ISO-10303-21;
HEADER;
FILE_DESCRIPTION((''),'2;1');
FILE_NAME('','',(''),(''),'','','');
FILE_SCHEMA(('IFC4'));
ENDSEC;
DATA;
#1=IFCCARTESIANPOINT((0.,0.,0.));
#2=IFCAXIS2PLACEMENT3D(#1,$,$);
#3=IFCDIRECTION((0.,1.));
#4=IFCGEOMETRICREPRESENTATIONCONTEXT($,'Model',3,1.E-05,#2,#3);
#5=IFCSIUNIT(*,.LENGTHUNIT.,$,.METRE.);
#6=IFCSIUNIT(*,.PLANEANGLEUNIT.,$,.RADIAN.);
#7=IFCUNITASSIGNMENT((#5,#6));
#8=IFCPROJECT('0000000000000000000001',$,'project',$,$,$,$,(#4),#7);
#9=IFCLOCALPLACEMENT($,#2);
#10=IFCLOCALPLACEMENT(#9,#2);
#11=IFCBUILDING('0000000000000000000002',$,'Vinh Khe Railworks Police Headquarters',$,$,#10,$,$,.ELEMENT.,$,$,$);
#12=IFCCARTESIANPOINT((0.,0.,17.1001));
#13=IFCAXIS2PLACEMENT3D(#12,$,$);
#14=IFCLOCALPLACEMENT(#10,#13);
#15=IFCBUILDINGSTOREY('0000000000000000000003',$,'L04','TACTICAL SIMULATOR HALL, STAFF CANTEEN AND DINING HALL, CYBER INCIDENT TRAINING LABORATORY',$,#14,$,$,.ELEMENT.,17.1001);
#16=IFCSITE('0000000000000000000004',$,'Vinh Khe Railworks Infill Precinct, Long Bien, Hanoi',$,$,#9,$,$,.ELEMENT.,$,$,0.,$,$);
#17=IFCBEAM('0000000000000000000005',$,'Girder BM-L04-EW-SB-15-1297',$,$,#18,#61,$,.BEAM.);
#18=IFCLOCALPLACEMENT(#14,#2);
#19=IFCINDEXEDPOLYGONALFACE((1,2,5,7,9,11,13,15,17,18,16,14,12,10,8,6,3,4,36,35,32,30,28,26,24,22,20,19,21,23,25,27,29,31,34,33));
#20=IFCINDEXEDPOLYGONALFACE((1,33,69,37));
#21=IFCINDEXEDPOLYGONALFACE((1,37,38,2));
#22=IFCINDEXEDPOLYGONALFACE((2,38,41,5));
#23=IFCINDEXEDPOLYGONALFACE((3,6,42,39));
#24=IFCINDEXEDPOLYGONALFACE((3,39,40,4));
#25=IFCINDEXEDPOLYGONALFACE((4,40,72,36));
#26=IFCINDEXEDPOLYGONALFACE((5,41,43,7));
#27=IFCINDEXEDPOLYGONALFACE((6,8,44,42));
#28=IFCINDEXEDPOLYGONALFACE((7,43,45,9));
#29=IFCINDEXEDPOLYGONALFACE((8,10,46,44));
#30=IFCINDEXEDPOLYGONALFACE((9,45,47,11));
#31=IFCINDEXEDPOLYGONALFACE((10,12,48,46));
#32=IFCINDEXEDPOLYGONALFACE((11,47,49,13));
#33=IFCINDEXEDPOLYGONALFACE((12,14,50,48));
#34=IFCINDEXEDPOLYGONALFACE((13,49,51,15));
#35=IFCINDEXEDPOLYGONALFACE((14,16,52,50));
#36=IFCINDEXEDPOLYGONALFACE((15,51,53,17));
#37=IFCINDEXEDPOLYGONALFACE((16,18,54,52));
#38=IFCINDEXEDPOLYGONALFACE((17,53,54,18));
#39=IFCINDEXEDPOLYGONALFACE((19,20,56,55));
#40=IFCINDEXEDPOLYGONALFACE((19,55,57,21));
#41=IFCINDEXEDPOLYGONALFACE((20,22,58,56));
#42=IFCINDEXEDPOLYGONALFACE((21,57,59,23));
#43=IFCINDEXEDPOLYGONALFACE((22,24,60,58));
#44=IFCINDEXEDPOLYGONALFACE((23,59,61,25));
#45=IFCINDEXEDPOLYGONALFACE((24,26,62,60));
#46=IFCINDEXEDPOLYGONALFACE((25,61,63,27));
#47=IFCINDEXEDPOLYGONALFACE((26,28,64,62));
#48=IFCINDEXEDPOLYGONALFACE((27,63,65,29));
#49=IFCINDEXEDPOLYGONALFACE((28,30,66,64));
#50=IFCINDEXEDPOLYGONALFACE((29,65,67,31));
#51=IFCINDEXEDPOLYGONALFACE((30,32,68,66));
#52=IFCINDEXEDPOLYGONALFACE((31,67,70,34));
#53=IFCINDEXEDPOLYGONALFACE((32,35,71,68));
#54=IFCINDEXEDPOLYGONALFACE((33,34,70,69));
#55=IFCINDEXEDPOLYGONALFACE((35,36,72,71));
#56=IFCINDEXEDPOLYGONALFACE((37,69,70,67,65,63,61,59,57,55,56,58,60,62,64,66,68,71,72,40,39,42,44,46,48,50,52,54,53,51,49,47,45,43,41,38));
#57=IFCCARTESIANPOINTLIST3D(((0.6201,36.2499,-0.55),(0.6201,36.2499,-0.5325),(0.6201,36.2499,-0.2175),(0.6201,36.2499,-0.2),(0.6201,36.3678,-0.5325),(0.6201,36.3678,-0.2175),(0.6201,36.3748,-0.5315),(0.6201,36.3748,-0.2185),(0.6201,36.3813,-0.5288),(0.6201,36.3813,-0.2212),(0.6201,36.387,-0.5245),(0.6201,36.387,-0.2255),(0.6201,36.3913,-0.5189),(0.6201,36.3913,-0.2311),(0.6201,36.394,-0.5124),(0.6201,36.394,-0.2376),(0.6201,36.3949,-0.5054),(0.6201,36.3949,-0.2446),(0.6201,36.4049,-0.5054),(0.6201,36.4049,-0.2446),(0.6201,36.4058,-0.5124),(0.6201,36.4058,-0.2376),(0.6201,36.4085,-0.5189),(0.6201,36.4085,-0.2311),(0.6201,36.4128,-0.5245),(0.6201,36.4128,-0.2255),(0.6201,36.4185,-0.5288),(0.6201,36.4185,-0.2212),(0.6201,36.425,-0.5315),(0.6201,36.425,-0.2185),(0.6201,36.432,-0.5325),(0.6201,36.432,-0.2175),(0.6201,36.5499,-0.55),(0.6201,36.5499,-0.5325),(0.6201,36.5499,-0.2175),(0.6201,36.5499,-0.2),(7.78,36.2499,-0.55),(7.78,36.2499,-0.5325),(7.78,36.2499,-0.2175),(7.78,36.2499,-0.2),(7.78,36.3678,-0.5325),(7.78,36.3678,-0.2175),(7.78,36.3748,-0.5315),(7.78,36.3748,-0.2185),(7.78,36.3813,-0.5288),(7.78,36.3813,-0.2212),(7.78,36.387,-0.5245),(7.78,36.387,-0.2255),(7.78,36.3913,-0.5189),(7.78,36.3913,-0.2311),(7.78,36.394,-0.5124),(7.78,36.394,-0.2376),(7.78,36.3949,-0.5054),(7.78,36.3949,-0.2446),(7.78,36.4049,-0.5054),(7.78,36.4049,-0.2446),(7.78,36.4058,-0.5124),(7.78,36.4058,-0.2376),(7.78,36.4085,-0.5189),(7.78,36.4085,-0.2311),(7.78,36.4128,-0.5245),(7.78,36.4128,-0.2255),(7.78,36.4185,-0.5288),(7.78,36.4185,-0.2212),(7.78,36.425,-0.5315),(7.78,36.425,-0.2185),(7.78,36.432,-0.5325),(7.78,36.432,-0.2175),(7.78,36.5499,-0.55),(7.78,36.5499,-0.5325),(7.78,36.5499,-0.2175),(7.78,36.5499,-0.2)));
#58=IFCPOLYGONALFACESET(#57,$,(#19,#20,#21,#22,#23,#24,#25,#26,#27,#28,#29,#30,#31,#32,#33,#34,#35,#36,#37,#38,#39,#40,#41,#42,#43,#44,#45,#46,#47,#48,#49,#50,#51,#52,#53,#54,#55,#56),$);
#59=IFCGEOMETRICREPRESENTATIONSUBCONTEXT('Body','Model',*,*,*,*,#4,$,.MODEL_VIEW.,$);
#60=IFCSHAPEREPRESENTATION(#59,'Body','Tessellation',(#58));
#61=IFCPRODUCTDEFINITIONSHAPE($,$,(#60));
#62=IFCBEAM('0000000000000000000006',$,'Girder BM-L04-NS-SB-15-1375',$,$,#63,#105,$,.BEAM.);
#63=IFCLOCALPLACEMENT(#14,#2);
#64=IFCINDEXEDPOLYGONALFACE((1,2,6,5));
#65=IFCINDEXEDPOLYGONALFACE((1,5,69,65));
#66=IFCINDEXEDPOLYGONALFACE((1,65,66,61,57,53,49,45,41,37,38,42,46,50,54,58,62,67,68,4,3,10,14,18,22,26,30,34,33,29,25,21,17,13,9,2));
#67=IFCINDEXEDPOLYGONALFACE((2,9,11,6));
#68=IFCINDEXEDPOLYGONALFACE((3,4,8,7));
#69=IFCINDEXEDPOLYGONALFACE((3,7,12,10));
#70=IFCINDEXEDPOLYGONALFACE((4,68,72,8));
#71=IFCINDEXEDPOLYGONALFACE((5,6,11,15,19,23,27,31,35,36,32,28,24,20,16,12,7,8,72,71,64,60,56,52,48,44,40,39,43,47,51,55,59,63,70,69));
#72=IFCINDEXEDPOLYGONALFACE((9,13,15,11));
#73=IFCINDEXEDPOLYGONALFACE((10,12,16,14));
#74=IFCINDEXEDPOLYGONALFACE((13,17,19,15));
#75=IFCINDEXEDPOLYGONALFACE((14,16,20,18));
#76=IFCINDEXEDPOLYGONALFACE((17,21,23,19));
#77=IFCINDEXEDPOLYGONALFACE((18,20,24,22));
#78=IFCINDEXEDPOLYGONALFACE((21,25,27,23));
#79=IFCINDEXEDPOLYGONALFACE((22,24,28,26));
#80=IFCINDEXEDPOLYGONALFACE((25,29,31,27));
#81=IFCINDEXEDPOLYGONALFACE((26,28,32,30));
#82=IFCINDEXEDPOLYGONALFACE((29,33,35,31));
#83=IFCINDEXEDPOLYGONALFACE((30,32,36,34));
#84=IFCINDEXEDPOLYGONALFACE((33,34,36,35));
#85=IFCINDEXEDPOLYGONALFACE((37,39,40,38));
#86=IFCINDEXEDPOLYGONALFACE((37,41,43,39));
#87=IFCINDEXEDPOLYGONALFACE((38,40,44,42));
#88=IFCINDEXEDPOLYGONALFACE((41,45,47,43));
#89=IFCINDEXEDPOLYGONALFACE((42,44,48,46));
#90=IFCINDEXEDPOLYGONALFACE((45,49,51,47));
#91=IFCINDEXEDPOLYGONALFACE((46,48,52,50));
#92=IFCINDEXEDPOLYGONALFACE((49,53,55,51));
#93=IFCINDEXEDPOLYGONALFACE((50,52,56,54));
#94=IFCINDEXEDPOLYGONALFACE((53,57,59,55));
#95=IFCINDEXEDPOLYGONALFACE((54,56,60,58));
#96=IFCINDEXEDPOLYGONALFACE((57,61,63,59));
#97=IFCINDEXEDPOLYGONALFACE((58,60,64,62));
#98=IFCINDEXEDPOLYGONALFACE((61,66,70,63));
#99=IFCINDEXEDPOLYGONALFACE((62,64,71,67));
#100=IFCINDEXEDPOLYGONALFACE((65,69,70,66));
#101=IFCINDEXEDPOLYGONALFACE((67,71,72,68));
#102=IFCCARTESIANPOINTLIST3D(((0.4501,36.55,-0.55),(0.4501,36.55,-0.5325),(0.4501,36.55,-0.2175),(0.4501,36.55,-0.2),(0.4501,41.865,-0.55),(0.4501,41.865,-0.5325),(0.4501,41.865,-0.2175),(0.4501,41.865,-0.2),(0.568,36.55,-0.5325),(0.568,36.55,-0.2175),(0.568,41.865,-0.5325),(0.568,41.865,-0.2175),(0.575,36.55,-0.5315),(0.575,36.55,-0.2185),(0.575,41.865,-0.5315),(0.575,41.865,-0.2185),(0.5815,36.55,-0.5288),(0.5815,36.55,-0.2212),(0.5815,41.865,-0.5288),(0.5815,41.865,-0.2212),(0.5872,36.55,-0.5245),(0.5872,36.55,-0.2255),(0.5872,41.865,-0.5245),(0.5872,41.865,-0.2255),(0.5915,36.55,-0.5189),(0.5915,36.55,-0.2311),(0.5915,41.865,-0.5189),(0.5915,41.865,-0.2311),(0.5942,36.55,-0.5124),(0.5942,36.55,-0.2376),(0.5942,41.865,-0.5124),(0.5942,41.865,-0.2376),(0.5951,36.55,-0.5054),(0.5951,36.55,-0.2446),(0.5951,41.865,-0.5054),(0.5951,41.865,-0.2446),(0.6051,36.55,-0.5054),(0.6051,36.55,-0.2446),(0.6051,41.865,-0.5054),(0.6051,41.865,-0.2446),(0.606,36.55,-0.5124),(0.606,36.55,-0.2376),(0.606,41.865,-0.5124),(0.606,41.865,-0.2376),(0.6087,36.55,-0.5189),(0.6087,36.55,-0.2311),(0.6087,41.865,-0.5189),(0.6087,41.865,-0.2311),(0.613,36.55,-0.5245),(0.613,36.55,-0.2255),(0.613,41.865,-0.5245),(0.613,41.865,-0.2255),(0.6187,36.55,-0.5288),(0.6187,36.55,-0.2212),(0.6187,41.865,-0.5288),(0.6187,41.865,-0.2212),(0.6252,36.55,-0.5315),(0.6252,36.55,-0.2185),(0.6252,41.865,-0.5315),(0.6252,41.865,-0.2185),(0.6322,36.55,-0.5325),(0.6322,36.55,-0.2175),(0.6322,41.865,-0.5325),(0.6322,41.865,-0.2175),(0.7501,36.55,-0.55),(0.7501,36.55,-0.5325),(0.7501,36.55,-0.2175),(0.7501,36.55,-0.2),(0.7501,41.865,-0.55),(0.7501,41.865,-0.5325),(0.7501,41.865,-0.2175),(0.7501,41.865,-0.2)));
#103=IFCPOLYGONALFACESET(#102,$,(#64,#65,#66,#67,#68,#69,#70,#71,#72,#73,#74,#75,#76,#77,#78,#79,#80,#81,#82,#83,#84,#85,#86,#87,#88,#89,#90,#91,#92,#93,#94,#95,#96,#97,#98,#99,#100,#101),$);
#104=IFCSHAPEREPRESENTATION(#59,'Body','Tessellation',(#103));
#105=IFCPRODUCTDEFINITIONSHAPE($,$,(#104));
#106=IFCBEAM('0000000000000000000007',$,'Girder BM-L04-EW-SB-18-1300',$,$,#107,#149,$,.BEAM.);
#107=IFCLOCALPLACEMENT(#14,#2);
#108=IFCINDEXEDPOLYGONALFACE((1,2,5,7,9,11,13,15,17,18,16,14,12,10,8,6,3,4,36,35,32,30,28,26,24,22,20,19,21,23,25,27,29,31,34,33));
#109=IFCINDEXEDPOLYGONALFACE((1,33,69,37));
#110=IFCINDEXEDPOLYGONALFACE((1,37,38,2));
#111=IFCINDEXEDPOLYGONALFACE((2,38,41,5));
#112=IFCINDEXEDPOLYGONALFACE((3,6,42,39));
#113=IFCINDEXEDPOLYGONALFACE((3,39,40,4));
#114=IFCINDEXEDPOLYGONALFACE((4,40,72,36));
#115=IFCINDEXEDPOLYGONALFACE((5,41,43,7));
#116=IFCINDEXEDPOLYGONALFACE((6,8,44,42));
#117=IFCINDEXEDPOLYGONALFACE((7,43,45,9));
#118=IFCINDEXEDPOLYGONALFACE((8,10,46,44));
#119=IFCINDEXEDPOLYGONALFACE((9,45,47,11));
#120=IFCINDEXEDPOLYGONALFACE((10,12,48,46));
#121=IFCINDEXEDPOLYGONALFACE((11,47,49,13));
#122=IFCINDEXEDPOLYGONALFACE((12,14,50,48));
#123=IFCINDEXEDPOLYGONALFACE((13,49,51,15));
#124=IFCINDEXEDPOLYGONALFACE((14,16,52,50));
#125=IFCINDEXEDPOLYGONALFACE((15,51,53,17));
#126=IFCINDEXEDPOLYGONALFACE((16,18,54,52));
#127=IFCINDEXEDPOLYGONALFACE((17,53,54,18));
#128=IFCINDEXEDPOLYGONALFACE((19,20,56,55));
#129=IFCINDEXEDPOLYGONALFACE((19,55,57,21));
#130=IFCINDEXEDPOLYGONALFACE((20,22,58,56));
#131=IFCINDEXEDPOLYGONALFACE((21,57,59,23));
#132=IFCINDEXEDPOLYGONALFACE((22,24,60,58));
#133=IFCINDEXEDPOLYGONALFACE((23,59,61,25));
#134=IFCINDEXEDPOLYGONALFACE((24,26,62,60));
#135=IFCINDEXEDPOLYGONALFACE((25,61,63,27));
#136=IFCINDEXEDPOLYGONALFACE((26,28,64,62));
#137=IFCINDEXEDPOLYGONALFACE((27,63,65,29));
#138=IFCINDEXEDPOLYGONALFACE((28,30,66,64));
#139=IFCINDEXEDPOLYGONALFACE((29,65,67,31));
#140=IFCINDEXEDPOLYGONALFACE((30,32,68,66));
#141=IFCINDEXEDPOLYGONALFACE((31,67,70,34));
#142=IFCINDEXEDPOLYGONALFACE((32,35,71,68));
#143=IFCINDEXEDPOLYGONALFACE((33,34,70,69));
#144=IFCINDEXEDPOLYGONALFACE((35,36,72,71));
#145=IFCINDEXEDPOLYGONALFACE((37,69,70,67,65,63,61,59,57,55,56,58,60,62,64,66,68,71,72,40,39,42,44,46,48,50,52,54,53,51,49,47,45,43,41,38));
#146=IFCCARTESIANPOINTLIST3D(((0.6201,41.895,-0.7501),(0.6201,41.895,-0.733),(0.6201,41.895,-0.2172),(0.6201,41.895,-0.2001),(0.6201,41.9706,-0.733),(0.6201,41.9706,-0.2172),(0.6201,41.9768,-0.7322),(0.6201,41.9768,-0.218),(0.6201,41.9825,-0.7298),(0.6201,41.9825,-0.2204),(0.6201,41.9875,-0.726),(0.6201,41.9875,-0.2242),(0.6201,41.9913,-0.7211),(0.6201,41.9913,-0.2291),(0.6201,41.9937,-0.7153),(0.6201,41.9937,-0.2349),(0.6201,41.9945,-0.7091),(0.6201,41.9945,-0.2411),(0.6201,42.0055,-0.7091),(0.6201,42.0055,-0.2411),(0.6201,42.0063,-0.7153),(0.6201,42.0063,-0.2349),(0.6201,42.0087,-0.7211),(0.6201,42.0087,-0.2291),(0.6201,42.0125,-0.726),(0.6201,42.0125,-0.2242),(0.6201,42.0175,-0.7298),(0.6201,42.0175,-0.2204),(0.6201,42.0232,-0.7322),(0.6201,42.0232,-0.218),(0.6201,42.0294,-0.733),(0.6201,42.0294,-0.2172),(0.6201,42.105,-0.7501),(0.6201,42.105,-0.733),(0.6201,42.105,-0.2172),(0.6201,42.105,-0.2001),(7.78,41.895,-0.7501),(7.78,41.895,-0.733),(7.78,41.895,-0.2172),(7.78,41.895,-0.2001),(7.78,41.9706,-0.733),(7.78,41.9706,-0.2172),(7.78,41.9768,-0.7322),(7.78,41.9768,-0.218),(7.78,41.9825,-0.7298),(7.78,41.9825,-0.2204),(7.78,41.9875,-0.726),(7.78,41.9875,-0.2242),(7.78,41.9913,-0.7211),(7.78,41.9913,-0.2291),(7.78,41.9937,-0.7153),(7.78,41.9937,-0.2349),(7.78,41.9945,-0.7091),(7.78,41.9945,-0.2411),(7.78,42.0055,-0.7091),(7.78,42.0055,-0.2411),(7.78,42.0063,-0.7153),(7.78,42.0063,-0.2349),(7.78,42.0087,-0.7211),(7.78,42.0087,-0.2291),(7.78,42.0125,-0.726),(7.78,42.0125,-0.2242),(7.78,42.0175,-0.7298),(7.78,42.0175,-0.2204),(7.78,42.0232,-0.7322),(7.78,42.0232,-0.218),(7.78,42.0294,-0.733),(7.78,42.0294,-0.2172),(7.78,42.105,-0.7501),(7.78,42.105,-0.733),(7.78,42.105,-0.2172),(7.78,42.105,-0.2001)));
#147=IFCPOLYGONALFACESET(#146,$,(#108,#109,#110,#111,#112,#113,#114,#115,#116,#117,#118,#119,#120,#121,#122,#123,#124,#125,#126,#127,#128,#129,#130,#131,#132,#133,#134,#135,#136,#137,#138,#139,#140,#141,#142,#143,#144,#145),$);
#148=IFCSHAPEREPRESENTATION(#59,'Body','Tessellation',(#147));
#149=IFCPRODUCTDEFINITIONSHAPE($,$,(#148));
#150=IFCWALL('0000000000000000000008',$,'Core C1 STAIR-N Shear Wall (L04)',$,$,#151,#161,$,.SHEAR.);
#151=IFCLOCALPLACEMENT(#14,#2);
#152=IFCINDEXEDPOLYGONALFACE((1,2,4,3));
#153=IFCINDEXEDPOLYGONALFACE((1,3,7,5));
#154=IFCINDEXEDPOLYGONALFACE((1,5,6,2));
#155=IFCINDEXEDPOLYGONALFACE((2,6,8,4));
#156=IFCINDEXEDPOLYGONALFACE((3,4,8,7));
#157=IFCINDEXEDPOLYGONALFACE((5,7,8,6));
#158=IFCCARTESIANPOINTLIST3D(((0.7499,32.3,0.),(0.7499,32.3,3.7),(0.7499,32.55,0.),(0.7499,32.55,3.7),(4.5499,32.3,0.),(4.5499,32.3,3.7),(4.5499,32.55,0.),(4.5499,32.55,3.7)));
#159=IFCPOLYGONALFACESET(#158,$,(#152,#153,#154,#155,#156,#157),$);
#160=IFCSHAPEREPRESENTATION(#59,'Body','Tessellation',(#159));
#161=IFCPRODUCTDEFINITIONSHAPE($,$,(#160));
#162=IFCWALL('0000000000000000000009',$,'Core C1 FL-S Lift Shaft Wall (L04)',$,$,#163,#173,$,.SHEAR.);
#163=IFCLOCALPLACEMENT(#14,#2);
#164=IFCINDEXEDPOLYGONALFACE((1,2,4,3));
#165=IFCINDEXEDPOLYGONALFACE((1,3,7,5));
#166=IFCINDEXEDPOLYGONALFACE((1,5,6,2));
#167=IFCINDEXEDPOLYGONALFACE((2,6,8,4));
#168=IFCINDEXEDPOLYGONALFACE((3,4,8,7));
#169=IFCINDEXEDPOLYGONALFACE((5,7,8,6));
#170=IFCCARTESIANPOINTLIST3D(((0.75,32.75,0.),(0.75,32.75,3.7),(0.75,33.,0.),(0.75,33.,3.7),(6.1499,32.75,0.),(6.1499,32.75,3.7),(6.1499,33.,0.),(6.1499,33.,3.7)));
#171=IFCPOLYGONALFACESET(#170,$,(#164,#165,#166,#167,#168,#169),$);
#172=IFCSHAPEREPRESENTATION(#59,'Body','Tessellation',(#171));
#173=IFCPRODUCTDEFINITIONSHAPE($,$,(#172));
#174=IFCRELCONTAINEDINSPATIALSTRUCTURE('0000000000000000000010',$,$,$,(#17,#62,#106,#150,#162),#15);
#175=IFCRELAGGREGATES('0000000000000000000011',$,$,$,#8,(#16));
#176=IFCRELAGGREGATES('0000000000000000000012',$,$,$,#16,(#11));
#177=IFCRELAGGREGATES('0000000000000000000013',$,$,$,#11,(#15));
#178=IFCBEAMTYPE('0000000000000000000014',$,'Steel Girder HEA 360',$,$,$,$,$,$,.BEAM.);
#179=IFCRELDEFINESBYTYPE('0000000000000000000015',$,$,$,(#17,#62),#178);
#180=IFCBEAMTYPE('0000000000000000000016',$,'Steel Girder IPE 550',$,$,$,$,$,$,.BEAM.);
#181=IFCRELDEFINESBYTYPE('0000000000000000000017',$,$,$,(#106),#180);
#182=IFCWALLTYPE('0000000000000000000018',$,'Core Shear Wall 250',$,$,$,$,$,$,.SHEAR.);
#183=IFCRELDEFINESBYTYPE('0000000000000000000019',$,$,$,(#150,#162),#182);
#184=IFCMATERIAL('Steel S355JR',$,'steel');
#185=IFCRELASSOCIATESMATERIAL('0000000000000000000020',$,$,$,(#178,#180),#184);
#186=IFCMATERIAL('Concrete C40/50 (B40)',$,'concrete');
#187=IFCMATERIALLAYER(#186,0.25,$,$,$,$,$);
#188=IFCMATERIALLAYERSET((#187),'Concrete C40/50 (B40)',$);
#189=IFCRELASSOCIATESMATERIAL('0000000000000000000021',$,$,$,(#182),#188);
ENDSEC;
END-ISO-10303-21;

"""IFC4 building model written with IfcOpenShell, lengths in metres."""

from ifc_helpers import new_model, si_unit, direction, frame, frame_2d, origin, origin_2d, place, context, subcontext, project, spatial, rectangle, i_section, extrude, material, layer, layer_set, material_profile, profile_set, type_object, element, save


model = new_model("IFC4")

# Units and contexts
model_context = context("Model", 3, precision=1e-05, world=origin(), true_north=direction((0.0, 1.0)))
body_context = subcontext(model_context, "Body", "Model", "MODEL_VIEW")
ifc_project = project(units=[si_unit("LENGTHUNIT", "METRE"), si_unit("PLANEANGLEUNIT", "RADIAN")], contexts=[model_context])

# Site, building, storey
site_placement = place(None, origin())
site = spatial("IfcSite", under=ifc_project, at=site_placement, Name="Vinh Khe Railworks Infill Precinct, Long Bien, Hanoi", CompositionType="ELEMENT", RefElevation=0.0)
building_placement = place(site_placement, origin())
building = spatial("IfcBuilding", under=site, at=building_placement, Name="Vinh Khe Railworks Police Headquarters", CompositionType="ELEMENT")
storey_placement = place(building_placement, frame((0.0, 0.0, 17.1001)))
storey = spatial("IfcBuildingStorey", under=building, at=storey_placement, Name="L04", Description="TACTICAL SIMULATOR HALL, STAFF CANTEEN AND DINING HALL, CYBER INCIDENT TRAINING LABORATORY", CompositionType="ELEMENT", Elevation=17.1001)

# Shared definitions
ifc_material_1 = material(Name="Steel S355JR", Category="steel")

# Beams
ifc_material_profile_1 = material_profile(ifc_material_1, i_section(OverallWidth=0.3, OverallDepth=0.3501, WebThickness=0.01, FlangeThickness=0.0176, FilletRadius=0.0271, at=origin_2d()), Name="HEA 360")
ifc_profile_set_1 = profile_set([ifc_material_profile_1], Name="Steel S355JR")
beam_type_1 = type_object("IfcBeamType", Name="Steel Girder HEA 360", PredefinedType="BEAM", material=ifc_profile_set_1)
beam_1_placement = place(storey_placement, frame((0.6201, 36.3999, -0.375), z_axis=(1.0, 0.0, 0.0), x_axis=(0.0, 1.0, 0.0)))
element("IfcBeam", 1, at=beam_1_placement, inside=storey, type_object=beam_type_1, Name="Girder BM-L04-EW-SB-15-1297", PredefinedType="BEAM", context=body_context, shape_type="SweptSolid", body=[
    extrude(i_section(OverallWidth=0.3, OverallDepth=0.3501, WebThickness=0.01, FlangeThickness=0.0176, FilletRadius=0.0271, at=origin_2d()), origin(), (0.0, 0.0, 1.0), 7.1599),
])
beam_2_placement = place(storey_placement, frame((0.6001, 36.55, -0.375), z_axis=(0.0, 1.0, 0.0), x_axis=(-1.0, 0.0, 0.0)))
element("IfcBeam", 2, at=beam_2_placement, inside=storey, type_object=beam_type_1, Name="Girder BM-L04-NS-SB-15-1375", PredefinedType="BEAM", context=body_context, shape_type="SweptSolid", body=[
    extrude(i_section(OverallWidth=0.3, OverallDepth=0.3501, WebThickness=0.01, FlangeThickness=0.0176, FilletRadius=0.0271, at=origin_2d()), origin(), (0.0, 0.0, 1.0), 5.3149),
])
ifc_material_profile_2 = material_profile(ifc_material_1, i_section(OverallWidth=0.21, OverallDepth=0.55, WebThickness=0.011, FlangeThickness=0.0171, FilletRadius=0.0239, at=origin_2d()), Name="IPE 550")
ifc_profile_set_2 = profile_set([ifc_material_profile_2], Name="Steel S355JR")
beam_type_2 = type_object("IfcBeamType", Name="Steel Girder IPE 550", PredefinedType="BEAM", material=ifc_profile_set_2)
beam_3_placement = place(storey_placement, frame((0.6201, 42.0, -0.4751), z_axis=(1.0, 0.0, 0.0), x_axis=(0.0, 1.0, 0.0)))
element("IfcBeam", 3, at=beam_3_placement, inside=storey, type_object=beam_type_2, Name="Girder BM-L04-EW-SB-18-1300", PredefinedType="BEAM", context=body_context, shape_type="SweptSolid", body=[
    extrude(i_section(OverallWidth=0.21, OverallDepth=0.55, WebThickness=0.011, FlangeThickness=0.0171, FilletRadius=0.0239, at=origin_2d()), origin(), (0.0, 0.0, 1.0), 7.1599),
])

# Walls
ifc_material_2 = material(Name="Concrete C40/50 (B40)", Category="concrete")
ifc_layer_1 = layer(ifc_material_2, 0.25)
ifc_layer_set_1 = layer_set([ifc_layer_1], Name="Concrete C40/50 (B40)")
wall_type_1 = type_object("IfcWallType", Name="Core Shear Wall 250", PredefinedType="SHEAR", material=ifc_layer_set_1)
wall_1_placement = place(storey_placement, frame((0.75, 32.425, 0.0), z_axis=(0.0, 0.0, 1.0), x_axis=(1.0, 0.0, 0.0)))
element("IfcWall", 4, at=wall_1_placement, inside=storey, type_object=wall_type_1, Name="Core C1 STAIR-N Shear Wall (L04)", PredefinedType="SHEAR", context=body_context, shape_type="SweptSolid", body=[
    extrude(rectangle(XDim=3.8, YDim=0.25, at=frame_2d((1.8999, 0.0))), origin(), (0.0, 0.0, 1.0), 3.7),
])
wall_2_placement = place(storey_placement, frame((0.75, 32.875, 0.0), z_axis=(0.0, 0.0, 1.0), x_axis=(1.0, 0.0, 0.0)))
element("IfcWall", 5, at=wall_2_placement, inside=storey, type_object=wall_type_1, Name="Core C1 FL-S Lift Shaft Wall (L04)", PredefinedType="SHEAR", context=body_context, shape_type="SweptSolid", body=[
    extrude(rectangle(XDim=5.3999, YDim=0.25, at=frame_2d((2.7, 0.0))), origin(), (0.0, 0.0, 1.0), 3.7),
])

save(model, "model.ifc")
